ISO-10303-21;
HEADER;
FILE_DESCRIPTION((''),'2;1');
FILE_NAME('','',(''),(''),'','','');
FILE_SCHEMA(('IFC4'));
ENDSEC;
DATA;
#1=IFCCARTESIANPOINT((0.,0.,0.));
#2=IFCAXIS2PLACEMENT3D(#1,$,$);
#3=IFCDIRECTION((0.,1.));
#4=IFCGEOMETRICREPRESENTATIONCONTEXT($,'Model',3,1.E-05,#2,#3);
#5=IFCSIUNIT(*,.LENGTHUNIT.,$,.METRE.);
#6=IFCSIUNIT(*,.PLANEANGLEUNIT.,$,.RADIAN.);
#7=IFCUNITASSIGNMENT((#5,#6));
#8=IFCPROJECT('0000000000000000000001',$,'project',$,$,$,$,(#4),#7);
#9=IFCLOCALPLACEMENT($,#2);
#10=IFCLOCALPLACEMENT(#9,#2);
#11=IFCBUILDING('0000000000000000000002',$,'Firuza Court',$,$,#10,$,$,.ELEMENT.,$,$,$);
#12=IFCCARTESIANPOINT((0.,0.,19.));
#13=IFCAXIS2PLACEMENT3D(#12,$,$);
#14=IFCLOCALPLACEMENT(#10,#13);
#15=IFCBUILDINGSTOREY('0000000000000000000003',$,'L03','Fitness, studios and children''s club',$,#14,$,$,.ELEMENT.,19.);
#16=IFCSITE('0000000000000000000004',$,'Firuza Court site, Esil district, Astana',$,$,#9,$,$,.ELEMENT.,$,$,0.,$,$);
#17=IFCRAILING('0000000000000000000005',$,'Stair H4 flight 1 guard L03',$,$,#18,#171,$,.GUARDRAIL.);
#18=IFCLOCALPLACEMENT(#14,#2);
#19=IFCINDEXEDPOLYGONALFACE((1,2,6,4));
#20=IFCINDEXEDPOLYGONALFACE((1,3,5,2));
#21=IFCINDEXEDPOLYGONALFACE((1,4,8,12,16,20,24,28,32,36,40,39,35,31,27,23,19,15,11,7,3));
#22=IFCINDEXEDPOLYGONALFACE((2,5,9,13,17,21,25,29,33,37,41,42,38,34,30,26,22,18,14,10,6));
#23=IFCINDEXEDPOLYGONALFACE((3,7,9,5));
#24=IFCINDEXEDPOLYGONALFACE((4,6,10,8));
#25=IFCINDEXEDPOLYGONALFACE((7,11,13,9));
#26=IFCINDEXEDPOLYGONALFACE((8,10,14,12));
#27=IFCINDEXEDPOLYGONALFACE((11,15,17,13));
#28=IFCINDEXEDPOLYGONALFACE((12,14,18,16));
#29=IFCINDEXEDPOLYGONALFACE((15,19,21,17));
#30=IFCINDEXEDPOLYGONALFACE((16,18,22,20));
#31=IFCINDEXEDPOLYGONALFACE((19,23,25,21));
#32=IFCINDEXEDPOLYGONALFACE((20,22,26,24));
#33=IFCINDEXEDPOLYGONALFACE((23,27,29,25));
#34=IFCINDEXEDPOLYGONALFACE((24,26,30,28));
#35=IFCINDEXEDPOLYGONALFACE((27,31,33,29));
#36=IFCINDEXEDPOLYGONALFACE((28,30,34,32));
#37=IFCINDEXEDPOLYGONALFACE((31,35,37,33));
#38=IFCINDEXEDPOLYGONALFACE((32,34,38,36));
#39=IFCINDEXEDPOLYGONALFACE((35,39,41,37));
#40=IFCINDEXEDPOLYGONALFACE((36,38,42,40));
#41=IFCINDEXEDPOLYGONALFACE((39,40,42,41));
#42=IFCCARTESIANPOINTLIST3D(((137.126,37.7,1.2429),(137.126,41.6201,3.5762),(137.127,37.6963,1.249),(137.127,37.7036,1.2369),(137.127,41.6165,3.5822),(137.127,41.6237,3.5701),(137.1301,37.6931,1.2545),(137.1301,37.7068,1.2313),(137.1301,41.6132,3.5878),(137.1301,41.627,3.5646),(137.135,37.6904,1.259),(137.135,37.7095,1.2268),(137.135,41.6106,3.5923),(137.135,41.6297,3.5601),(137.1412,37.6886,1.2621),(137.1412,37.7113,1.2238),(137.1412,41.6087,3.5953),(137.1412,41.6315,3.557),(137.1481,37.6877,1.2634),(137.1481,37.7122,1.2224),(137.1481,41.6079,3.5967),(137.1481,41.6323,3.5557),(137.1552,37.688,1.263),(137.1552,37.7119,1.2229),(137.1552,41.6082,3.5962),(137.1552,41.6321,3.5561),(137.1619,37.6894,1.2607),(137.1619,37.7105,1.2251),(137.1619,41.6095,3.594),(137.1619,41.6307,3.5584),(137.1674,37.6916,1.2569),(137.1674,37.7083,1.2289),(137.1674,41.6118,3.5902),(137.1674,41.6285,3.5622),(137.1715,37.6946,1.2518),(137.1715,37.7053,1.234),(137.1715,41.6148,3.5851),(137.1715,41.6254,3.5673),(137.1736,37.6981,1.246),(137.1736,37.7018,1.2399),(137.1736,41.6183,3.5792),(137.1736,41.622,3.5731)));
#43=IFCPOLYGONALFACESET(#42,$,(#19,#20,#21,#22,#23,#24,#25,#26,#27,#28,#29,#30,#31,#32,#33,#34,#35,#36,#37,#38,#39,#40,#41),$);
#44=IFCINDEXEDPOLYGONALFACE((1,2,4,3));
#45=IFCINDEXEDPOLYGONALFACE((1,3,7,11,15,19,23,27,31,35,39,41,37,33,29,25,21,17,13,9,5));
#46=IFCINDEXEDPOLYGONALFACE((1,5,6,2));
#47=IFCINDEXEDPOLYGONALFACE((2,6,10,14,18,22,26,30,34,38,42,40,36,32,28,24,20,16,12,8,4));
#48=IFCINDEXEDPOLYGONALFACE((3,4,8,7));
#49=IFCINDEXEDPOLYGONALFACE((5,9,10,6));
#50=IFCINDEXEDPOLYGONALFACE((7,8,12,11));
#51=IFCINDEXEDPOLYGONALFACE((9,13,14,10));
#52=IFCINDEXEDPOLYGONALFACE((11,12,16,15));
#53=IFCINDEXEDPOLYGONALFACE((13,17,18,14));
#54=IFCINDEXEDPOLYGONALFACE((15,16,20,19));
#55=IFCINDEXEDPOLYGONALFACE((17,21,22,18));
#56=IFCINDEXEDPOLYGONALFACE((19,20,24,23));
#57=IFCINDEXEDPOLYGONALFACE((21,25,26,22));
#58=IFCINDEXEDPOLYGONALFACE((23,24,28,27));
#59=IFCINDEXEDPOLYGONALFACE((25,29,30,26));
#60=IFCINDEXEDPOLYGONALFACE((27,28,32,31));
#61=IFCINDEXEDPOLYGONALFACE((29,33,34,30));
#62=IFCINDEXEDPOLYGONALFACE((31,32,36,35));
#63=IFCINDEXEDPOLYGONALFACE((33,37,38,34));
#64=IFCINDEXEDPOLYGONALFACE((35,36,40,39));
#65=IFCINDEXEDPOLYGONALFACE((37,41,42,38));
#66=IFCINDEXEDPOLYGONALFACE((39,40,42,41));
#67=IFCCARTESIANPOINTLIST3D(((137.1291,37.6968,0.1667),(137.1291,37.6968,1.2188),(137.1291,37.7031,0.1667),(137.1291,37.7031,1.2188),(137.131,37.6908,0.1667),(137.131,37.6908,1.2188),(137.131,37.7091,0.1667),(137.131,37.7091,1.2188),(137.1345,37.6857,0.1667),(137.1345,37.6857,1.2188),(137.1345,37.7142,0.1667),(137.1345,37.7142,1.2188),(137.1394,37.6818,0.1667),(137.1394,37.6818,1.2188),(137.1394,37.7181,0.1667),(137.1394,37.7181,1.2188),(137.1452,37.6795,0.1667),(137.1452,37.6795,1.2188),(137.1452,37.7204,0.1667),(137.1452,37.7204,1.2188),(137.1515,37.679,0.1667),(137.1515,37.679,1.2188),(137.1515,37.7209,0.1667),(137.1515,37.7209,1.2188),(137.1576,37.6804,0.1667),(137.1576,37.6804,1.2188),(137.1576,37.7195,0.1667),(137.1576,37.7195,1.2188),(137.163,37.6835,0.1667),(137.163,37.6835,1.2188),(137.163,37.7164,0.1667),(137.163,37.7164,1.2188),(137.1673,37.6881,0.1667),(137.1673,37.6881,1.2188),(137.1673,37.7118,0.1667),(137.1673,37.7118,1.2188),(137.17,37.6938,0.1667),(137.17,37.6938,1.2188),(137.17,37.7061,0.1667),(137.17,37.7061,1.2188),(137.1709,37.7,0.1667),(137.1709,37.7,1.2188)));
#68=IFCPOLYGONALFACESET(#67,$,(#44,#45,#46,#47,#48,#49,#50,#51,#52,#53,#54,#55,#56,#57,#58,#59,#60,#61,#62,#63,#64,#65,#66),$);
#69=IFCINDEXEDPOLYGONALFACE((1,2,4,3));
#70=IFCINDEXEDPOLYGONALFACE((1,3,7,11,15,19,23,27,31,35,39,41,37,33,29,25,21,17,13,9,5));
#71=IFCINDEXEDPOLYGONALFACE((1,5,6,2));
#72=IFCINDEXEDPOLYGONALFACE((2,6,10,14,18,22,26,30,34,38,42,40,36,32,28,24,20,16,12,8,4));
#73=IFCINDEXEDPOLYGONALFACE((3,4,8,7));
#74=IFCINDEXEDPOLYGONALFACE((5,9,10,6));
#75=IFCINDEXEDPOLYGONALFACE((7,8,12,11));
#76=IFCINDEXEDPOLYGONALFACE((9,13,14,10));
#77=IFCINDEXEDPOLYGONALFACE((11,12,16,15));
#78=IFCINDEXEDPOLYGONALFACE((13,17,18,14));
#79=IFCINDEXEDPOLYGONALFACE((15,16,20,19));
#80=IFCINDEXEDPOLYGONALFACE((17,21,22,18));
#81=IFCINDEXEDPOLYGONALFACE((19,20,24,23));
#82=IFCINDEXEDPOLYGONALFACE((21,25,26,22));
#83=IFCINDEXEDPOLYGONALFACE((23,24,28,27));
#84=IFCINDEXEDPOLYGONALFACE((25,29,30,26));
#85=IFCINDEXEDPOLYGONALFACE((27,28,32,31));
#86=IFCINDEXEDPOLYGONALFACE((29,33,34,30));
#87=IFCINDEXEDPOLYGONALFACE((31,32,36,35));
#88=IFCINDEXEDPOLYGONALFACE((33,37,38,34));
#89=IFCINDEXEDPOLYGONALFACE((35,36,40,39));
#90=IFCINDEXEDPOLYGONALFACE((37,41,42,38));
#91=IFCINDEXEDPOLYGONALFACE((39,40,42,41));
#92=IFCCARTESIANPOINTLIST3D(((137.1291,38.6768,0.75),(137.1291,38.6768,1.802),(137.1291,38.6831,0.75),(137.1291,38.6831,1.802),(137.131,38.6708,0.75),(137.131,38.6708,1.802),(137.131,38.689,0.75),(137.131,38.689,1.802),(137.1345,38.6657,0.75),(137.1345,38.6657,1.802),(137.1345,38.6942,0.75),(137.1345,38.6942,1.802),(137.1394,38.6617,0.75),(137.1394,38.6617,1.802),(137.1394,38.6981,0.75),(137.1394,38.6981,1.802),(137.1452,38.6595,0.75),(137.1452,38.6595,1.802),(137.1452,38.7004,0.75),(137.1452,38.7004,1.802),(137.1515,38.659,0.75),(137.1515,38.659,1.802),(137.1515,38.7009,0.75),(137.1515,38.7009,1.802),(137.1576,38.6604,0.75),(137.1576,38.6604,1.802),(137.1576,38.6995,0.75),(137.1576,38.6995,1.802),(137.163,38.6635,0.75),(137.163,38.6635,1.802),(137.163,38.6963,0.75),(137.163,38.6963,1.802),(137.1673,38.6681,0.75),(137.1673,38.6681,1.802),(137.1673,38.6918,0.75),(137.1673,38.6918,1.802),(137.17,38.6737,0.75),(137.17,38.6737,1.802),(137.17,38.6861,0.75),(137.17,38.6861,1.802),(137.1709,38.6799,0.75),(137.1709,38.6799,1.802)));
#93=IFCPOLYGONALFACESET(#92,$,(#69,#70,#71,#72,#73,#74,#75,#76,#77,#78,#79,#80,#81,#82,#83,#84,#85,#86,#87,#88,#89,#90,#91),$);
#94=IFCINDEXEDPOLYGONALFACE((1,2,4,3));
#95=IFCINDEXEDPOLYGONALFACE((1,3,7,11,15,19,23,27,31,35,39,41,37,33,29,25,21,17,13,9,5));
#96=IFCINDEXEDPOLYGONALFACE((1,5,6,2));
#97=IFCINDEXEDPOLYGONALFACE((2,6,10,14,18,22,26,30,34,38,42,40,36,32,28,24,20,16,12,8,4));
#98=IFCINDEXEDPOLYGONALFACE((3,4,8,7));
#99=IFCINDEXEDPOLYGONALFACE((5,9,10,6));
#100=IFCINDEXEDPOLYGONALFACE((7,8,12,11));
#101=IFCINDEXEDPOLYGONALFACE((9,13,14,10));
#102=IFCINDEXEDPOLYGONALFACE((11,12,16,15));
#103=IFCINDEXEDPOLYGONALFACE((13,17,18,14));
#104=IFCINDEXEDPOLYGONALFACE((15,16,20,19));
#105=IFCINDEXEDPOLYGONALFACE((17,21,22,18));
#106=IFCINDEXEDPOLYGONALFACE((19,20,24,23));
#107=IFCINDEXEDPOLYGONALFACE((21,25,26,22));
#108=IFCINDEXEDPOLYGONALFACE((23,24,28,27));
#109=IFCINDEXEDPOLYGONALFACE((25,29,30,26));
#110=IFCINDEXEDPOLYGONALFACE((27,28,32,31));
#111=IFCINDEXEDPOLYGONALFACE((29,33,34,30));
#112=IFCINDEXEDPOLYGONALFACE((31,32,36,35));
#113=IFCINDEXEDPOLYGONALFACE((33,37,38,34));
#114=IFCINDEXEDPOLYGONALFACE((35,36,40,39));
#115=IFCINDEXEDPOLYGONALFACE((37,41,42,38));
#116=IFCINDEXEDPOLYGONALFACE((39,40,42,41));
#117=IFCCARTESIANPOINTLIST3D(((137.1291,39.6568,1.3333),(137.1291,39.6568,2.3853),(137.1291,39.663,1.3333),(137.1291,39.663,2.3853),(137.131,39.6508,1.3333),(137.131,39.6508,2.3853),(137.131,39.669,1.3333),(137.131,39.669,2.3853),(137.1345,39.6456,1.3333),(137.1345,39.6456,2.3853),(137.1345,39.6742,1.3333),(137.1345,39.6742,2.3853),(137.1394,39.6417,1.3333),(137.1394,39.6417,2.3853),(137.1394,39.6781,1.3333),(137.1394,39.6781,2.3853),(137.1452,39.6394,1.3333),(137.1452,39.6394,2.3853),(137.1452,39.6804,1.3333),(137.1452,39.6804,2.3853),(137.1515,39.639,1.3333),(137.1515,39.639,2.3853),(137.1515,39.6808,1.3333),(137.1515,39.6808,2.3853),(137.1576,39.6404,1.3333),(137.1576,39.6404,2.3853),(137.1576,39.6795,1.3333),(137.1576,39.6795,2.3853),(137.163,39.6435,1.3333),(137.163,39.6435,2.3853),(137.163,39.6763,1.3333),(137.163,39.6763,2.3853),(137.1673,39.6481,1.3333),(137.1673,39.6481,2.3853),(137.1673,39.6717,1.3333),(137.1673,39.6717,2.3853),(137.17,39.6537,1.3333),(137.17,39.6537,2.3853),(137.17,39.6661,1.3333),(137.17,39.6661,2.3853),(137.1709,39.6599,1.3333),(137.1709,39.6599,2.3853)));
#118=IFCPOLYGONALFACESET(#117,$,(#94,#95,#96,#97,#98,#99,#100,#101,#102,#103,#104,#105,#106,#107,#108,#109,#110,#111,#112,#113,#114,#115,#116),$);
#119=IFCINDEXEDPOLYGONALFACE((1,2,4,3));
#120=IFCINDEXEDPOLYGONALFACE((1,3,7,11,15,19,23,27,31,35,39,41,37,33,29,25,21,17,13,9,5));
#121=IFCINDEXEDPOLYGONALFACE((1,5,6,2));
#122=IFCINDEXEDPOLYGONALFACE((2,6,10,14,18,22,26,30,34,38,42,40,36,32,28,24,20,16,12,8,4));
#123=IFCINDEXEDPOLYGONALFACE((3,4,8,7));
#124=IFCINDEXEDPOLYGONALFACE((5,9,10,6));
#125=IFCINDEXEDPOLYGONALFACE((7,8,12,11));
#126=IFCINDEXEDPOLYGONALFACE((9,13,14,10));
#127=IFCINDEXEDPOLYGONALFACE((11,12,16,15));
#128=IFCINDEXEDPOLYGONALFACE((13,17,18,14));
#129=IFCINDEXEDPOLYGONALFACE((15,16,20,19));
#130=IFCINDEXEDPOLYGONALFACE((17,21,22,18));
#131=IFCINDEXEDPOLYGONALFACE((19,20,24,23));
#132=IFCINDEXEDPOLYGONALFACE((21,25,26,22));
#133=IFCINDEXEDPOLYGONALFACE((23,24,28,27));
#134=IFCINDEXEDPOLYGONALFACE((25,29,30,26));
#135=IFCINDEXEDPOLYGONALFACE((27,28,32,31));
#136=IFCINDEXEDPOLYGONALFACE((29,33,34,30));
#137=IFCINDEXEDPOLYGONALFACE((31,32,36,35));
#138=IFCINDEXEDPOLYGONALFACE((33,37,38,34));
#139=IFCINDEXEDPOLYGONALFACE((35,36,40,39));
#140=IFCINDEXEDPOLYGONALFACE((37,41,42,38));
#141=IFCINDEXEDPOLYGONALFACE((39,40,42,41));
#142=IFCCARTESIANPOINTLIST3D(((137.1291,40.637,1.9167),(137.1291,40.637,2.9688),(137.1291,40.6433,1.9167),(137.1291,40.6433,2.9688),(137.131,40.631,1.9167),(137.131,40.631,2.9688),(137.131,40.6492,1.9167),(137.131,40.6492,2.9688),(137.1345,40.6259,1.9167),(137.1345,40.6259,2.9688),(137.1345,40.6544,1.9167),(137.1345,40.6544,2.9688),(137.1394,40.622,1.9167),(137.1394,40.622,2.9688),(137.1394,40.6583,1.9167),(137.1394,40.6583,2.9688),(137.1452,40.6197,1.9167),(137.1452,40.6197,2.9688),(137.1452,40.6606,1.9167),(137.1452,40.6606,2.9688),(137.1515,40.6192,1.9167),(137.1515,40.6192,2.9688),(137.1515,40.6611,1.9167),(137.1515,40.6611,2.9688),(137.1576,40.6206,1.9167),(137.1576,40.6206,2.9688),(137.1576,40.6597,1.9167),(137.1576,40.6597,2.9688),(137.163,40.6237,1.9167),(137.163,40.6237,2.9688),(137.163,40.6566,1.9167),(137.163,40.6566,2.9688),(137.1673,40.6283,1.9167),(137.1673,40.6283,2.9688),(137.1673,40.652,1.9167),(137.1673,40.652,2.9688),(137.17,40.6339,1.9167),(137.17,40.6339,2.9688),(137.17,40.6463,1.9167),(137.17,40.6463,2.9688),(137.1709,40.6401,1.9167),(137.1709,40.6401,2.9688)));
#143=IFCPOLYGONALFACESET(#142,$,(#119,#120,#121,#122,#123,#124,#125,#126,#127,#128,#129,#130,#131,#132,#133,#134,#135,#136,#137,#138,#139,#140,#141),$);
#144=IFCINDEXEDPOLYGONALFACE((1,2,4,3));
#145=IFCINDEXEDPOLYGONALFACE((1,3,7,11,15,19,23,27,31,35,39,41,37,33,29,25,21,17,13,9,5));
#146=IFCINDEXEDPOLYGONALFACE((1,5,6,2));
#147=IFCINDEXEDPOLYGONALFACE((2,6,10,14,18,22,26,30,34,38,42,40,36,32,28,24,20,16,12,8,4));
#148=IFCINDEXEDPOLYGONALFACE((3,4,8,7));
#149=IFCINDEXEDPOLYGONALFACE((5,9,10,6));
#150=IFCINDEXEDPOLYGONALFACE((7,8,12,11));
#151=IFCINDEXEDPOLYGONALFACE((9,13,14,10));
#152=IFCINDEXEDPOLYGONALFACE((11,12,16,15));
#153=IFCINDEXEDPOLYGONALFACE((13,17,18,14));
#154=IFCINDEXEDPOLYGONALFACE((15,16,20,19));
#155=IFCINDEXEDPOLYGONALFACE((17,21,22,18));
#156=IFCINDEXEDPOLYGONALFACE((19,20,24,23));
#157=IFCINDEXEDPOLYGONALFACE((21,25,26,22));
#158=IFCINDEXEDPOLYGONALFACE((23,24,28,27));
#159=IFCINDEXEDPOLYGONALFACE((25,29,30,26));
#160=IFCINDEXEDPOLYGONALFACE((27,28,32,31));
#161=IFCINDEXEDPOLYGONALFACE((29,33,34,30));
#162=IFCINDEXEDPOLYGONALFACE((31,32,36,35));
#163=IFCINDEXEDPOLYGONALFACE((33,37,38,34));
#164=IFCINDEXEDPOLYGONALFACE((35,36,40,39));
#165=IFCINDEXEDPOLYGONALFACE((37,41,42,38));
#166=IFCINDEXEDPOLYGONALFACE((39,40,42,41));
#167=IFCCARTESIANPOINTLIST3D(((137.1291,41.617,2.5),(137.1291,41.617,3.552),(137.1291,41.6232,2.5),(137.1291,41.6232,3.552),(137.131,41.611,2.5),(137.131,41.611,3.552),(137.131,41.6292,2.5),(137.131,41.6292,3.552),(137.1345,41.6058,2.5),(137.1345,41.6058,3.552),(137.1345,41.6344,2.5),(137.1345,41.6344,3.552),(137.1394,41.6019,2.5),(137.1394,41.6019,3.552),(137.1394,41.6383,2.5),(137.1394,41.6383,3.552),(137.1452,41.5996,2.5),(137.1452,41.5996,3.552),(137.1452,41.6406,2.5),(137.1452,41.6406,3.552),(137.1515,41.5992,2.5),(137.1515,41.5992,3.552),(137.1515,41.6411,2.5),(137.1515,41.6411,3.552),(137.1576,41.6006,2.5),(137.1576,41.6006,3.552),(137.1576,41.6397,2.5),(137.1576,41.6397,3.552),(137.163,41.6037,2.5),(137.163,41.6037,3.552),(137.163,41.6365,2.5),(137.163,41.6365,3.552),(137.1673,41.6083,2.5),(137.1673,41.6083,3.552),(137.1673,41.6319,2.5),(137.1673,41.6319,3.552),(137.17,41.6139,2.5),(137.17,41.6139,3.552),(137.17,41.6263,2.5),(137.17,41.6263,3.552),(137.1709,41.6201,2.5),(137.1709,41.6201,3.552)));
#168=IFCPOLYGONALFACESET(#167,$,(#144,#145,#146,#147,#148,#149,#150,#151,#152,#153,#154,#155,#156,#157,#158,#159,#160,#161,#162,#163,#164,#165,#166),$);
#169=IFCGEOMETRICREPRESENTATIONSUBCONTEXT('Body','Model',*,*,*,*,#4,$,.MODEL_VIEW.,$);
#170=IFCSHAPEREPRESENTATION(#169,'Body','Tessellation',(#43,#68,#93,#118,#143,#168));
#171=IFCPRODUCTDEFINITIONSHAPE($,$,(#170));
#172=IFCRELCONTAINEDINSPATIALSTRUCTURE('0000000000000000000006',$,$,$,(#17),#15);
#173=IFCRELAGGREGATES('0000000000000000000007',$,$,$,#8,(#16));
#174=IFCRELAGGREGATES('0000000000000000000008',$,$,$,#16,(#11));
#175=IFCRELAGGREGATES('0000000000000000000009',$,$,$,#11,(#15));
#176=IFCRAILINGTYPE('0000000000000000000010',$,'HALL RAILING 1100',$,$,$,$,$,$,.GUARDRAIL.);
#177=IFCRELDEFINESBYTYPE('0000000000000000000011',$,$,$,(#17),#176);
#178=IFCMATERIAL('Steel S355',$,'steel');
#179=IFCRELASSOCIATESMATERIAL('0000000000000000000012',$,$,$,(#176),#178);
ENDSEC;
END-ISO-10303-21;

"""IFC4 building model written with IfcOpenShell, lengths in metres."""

from ifc_helpers import new_model, si_unit, direction, frame, origin, origin_2d, place, context, subcontext, project, spatial, circle, extrude, material, type_object, element, save


model = new_model("IFC4")

# Units and contexts
model_context = context("Model", 3, precision=1e-05, world=origin(), true_north=direction((0.0, 1.0)))
body_context = subcontext(model_context, "Body", "Model", "MODEL_VIEW")
ifc_project = project(units=[si_unit("LENGTHUNIT", "METRE"), si_unit("PLANEANGLEUNIT", "RADIAN")], contexts=[model_context])

# Site, building, storey
site_placement = place(None, origin())
site = spatial("IfcSite", under=ifc_project, at=site_placement, Name="Firuza Court site, Esil district, Astana", CompositionType="ELEMENT", RefElevation=0.0)
building_placement = place(site_placement, origin())
building = spatial("IfcBuilding", under=site, at=building_placement, Name="Firuza Court", CompositionType="ELEMENT")
storey_placement = place(building_placement, frame((0.0, 0.0, 19.0)))
storey = spatial("IfcBuildingStorey", under=building, at=storey_placement, Name="L03", Description="Fitness, studios and children's club", CompositionType="ELEMENT", Elevation=19.0)

# Railing
ifc_material_1 = material(Name="Steel S355", Category="steel")
railing_type_1 = type_object("IfcRailingType", Name="HALL RAILING 1100", PredefinedType="GUARDRAIL", material=ifc_material_1)
railing_1_placement = place(storey_placement, frame((137.1499, 37.7, 0.1667)))
element("IfcRailing", 1, at=railing_1_placement, inside=storey, type_object=railing_type_1, Name="Stair H4 flight 1 guard L03", PredefinedType="GUARDRAIL", context=body_context, shape_type="SweptSolid", body=[
    extrude(circle(Radius=0.0239, at=origin_2d()), frame((0.0, 0.0, 1.0762), z_axis=(0.0, 0.85931, 0.511455), x_axis=(-1.0, 0.0, 0.0)), (0.0, 0.0, 1.0), 4.562),
    extrude(circle(Radius=0.021, at=origin_2d()), origin(), (0.0, 0.0, 1.0), 1.052),
    extrude(circle(Radius=0.021, at=origin_2d()), frame((0.0, 0.98, 0.5833)), (0.0, 0.0, 1.0), 1.052),
    extrude(circle(Radius=0.021, at=origin_2d()), frame((0.0, 1.96, 1.1665)), (0.0, 0.0, 1.0), 1.052),
    extrude(circle(Radius=0.021, at=origin_2d()), frame((0.0, 2.9402, 1.75)), (0.0, 0.0, 1.0), 1.052),
    extrude(circle(Radius=0.021, at=origin_2d()), frame((0.0, 3.9202, 2.3333)), (0.0, 0.0, 1.0), 1.052),
])

save(model, "model.ifc")
